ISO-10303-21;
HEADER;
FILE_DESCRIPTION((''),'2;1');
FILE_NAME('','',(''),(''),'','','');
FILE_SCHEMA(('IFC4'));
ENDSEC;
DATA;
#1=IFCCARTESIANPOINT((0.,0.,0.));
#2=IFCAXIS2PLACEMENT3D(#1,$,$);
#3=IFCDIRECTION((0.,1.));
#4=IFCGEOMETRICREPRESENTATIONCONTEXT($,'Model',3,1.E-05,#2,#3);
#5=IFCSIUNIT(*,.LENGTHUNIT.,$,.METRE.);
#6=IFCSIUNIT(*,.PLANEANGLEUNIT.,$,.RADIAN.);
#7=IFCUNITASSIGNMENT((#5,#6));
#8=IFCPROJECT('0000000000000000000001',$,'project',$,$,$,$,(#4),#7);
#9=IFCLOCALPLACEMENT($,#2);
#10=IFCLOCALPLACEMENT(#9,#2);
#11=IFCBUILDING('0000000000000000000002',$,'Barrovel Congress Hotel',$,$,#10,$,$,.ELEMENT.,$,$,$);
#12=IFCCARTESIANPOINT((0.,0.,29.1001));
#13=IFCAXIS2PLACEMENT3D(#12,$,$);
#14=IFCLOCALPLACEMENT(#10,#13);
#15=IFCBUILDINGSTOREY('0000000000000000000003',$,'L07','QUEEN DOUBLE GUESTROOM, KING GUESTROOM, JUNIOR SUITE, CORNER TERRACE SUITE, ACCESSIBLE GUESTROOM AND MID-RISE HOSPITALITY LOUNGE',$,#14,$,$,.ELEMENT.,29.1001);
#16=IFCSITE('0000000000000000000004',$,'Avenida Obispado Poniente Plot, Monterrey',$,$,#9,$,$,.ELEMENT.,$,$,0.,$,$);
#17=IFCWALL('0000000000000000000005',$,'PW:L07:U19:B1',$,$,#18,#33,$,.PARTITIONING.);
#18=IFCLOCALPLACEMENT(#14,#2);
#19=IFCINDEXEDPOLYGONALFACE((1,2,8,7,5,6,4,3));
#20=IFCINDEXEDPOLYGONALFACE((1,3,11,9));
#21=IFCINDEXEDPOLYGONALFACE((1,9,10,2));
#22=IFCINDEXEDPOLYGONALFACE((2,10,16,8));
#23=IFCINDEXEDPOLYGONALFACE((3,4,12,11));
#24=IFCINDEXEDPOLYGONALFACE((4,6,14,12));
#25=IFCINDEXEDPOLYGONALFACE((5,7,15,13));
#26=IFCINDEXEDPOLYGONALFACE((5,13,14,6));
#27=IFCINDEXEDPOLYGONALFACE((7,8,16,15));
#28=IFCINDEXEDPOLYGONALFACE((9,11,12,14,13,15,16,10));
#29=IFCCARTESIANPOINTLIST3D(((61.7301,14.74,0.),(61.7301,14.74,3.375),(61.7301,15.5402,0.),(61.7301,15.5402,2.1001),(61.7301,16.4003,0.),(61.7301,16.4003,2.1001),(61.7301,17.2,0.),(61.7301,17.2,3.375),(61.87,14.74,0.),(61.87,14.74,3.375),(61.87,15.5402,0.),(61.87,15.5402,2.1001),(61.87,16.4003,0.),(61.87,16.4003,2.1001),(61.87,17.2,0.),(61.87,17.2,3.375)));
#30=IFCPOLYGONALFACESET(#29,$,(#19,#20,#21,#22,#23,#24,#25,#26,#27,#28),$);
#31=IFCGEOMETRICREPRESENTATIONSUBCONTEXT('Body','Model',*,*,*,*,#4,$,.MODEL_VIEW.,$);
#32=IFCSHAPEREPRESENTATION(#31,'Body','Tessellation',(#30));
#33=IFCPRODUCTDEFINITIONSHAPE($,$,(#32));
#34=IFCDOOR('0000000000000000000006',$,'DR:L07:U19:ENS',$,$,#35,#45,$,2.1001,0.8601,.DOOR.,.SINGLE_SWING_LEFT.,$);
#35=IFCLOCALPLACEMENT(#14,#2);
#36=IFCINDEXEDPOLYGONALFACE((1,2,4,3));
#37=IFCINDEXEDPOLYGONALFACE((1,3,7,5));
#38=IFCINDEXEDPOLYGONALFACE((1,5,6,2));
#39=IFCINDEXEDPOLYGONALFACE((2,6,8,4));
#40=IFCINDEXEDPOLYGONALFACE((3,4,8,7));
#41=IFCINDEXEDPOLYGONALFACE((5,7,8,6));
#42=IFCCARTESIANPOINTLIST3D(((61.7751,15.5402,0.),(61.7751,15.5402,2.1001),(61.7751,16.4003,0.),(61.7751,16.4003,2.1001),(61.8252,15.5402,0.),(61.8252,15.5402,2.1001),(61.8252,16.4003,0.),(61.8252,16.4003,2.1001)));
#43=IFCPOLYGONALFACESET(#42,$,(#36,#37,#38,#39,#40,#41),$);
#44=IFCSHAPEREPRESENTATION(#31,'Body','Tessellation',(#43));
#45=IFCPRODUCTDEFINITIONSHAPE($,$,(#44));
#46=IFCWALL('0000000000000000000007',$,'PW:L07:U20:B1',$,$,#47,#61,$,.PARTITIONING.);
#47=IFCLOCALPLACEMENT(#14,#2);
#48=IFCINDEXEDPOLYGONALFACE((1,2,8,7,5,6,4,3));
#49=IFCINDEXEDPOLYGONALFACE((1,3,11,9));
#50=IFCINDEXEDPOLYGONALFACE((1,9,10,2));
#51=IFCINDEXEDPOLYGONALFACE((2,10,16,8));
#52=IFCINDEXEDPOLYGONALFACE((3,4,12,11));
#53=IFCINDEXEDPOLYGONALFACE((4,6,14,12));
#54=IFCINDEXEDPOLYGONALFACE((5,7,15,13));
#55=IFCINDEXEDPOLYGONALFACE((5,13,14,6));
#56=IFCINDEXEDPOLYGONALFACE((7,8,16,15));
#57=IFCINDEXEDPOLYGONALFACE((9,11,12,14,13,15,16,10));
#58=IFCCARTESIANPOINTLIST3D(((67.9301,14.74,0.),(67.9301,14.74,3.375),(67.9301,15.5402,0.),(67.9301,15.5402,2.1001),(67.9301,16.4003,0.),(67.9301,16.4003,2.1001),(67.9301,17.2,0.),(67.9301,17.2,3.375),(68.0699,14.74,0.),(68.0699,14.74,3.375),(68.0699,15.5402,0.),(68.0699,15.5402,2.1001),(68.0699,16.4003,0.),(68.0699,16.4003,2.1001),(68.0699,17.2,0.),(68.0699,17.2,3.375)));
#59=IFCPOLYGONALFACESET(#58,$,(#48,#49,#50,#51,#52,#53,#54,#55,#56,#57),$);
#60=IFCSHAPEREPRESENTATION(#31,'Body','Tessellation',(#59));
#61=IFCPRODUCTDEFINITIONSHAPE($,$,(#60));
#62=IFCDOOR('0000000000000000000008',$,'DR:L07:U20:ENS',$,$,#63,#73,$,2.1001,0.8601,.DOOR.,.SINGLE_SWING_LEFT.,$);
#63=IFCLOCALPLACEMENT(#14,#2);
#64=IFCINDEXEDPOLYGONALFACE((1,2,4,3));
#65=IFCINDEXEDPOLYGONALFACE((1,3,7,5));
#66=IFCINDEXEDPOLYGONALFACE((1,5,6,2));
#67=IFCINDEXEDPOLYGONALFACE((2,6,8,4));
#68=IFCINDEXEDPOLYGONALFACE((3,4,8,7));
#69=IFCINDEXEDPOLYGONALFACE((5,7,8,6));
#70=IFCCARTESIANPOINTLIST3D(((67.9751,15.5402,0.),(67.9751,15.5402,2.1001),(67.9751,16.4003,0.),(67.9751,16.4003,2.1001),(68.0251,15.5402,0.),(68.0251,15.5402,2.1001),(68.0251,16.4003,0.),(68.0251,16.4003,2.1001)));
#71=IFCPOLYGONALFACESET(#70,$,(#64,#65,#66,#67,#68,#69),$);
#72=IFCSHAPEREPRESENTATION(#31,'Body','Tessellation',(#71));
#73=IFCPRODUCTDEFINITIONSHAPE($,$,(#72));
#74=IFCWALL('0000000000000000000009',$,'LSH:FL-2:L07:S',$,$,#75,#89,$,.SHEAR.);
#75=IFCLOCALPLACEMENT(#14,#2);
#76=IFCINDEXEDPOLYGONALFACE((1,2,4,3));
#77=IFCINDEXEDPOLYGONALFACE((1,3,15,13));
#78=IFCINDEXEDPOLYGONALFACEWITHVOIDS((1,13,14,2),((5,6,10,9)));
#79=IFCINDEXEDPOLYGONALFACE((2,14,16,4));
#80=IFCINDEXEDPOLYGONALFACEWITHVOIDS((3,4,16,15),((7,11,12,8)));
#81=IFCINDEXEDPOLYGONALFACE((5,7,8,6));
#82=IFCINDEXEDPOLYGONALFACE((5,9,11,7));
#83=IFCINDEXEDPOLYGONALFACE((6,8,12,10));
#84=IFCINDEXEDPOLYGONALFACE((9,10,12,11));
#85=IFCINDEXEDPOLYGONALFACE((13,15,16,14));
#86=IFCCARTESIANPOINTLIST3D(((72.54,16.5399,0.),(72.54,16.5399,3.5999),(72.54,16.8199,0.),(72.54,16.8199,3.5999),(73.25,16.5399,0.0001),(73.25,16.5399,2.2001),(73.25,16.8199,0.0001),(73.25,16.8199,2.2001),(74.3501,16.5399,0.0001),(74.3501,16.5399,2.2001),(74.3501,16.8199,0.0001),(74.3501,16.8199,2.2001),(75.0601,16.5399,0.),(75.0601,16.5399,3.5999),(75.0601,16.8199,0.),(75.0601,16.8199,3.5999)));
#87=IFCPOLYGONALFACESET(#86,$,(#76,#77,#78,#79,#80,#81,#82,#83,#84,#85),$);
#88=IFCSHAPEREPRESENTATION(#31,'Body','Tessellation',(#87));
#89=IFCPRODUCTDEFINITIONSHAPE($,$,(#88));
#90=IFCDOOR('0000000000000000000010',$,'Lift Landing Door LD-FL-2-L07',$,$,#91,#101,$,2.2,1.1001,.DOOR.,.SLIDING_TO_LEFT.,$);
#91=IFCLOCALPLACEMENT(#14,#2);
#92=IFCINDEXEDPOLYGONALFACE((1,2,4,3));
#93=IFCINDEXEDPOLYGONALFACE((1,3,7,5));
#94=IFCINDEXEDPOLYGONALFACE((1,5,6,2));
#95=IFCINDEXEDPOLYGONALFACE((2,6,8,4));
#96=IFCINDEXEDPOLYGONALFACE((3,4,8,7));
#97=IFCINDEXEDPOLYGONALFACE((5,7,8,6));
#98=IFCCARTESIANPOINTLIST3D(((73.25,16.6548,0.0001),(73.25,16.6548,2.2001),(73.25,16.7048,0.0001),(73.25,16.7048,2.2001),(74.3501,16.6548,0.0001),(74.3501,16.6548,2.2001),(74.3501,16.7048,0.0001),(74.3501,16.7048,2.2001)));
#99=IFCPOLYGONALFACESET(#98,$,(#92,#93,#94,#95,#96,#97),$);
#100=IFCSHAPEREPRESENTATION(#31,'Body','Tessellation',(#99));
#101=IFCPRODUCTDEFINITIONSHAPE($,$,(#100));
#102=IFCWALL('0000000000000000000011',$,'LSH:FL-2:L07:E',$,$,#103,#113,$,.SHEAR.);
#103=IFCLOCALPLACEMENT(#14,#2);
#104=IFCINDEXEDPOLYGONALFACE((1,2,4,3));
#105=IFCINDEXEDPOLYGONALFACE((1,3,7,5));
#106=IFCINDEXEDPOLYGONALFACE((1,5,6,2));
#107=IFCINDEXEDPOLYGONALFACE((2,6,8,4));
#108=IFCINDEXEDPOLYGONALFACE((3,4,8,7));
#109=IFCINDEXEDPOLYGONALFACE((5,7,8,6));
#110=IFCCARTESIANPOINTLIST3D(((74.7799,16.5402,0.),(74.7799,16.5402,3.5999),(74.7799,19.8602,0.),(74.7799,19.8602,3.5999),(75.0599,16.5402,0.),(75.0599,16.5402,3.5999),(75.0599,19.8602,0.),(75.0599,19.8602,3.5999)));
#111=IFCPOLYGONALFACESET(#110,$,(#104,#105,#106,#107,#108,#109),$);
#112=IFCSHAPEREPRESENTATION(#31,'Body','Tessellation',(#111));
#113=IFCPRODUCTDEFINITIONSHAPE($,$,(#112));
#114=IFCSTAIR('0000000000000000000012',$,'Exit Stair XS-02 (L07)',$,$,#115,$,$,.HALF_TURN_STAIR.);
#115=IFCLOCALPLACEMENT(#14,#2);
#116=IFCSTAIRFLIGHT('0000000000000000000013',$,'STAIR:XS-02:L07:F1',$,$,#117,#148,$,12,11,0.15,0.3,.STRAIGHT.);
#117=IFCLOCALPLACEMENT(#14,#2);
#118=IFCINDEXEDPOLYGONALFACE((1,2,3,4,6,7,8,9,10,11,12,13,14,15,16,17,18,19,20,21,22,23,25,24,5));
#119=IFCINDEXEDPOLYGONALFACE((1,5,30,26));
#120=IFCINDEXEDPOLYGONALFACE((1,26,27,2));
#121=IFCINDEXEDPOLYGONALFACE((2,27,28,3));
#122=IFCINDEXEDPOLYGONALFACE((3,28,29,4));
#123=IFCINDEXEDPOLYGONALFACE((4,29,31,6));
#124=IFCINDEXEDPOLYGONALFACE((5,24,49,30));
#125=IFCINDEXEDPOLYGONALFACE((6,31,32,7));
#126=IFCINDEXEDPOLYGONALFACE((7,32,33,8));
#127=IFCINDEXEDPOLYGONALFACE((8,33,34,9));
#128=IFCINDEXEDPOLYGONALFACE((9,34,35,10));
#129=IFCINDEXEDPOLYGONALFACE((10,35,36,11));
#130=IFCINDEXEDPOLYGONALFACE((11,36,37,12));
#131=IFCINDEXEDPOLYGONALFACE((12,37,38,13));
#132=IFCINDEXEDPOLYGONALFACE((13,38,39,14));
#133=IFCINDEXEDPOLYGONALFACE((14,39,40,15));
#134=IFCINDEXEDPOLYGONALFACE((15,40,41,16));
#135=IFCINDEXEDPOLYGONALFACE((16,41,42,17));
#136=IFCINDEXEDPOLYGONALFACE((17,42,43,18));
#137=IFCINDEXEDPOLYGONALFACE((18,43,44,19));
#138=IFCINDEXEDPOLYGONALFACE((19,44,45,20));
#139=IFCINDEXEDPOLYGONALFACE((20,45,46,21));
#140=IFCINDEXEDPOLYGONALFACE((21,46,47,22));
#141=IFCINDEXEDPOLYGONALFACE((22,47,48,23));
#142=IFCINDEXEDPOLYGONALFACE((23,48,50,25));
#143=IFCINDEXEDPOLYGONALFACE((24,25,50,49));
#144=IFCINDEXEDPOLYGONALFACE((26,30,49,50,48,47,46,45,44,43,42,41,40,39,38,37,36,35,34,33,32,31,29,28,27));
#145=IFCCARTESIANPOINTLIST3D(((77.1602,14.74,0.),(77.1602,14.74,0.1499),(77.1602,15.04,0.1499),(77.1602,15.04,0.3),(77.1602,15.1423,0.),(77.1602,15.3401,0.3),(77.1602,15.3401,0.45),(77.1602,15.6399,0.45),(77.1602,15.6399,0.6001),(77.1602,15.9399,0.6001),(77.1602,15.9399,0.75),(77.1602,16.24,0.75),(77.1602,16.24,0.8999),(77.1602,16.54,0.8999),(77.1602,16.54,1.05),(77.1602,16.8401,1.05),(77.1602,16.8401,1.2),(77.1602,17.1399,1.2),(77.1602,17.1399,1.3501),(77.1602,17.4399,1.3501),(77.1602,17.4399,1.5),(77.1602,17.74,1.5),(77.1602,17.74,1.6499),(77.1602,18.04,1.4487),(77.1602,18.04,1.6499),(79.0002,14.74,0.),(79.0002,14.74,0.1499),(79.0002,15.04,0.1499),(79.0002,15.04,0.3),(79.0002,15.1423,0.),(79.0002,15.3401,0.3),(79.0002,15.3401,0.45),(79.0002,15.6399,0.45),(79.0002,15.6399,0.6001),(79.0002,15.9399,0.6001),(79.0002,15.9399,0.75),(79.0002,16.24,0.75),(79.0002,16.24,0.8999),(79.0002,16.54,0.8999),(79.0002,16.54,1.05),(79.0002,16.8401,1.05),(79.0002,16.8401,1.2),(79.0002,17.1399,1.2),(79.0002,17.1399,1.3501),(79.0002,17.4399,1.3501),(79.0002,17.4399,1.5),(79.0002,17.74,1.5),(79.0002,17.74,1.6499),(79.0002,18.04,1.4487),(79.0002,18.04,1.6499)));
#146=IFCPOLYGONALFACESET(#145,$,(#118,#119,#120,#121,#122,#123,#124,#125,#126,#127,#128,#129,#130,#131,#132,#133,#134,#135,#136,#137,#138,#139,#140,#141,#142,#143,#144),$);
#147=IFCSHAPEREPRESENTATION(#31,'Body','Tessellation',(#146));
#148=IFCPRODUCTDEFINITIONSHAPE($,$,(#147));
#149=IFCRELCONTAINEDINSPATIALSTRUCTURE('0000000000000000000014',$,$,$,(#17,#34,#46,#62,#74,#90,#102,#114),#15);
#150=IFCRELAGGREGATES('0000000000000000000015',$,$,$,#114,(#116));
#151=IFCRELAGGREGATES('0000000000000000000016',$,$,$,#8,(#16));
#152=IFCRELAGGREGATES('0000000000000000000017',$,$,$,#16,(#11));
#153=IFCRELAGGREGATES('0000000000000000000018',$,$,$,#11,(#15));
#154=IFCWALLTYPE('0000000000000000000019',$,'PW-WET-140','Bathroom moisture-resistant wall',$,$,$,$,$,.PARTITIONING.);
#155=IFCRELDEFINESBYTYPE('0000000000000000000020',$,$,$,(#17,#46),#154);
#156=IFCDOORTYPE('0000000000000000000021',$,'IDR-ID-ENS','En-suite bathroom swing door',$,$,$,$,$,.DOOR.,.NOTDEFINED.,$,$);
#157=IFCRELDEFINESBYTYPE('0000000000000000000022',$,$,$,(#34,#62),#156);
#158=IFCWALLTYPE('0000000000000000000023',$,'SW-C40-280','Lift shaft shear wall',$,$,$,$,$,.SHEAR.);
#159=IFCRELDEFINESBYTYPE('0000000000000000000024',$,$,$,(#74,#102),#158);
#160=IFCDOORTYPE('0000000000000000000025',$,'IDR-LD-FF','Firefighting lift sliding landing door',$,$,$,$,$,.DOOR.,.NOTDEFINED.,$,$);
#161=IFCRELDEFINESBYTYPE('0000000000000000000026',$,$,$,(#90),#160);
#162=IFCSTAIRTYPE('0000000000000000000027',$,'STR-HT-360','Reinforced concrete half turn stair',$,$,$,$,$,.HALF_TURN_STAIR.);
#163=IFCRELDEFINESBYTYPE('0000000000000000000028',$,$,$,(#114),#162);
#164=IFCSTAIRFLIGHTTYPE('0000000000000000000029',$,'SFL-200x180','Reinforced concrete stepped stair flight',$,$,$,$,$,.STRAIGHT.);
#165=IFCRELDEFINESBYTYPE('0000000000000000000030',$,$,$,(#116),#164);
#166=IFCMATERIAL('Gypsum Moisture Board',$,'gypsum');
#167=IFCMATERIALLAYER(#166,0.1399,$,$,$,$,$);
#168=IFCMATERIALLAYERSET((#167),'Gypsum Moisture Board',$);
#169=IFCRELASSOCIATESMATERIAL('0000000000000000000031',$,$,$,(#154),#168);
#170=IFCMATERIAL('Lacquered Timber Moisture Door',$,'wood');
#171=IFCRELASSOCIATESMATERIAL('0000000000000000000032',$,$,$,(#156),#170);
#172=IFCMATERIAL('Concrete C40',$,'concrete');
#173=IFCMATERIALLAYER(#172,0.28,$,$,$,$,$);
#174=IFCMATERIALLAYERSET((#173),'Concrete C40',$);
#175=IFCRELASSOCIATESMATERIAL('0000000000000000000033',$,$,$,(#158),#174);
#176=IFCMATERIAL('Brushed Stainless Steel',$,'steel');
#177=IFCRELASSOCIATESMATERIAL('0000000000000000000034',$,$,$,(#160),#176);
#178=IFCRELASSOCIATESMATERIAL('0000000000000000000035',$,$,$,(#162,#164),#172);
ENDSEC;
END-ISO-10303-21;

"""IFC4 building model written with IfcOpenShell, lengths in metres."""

from ifc_helpers import new_model, si_unit, direction, frame, frame_2d, origin, place, context, subcontext, project, spatial, polyline, rectangle, outline, extrude, material, layer, layer_set, type_object, element, fill, aggregate, save


model = new_model("IFC4")

# Units and contexts
model_context = context("Model", 3, precision=1e-05, world=origin(), true_north=direction((0.0, 1.0)))
body_context = subcontext(model_context, "Body", "Model", "MODEL_VIEW")
ifc_project = project(units=[si_unit("LENGTHUNIT", "METRE"), si_unit("PLANEANGLEUNIT", "RADIAN")], contexts=[model_context])

# Site, building, storey
site_placement = place(None, origin())
site = spatial("IfcSite", under=ifc_project, at=site_placement, Name="Avenida Obispado Poniente Plot, Monterrey", CompositionType="ELEMENT", RefElevation=0.0)
building_placement = place(site_placement, origin())
building = spatial("IfcBuilding", under=site, at=building_placement, Name="Barrovel Congress Hotel", CompositionType="ELEMENT")
storey_placement = place(building_placement, frame((0.0, 0.0, 29.1001)))
storey = spatial("IfcBuildingStorey", under=building, at=storey_placement, Name="L07", Description="QUEEN DOUBLE GUESTROOM, KING GUESTROOM, JUNIOR SUITE, CORNER TERRACE SUITE, ACCESSIBLE GUESTROOM AND MID-RISE HOSPITALITY LOUNGE", CompositionType="ELEMENT", Elevation=29.1001)

# Walls, openings, doors
ifc_material_1 = material(Name="Gypsum Moisture Board", Category="gypsum")
ifc_layer_1 = layer(ifc_material_1, 0.1399)
ifc_layer_set_1 = layer_set([ifc_layer_1], Name="Gypsum Moisture Board")
wall_type_1 = type_object("IfcWallType", Name="PW-WET-140", Description="Bathroom moisture-resistant wall", PredefinedType="PARTITIONING", material=ifc_layer_set_1)
wall_1_placement = place(storey_placement, frame((61.8, 14.74, 0.0), z_axis=(0.0, 0.0, 1.0), x_axis=(0.0, 1.0, 0.0)))
wall_1 = element("IfcWall", 1, at=wall_1_placement, inside=storey, type_object=wall_type_1, Name="PW:L07:U19:B1", PredefinedType="PARTITIONING", context=body_context, shape_type="SweptSolid", body=[
    extrude(rectangle(XDim=2.46, YDim=0.1399, at=frame_2d((1.23, 0.0))), origin(), (0.0, 0.0, 1.0), 3.375),
])
opening_1_placement = place(wall_1_placement, frame((0.8, 0.0, 0.0)))
opening_1 = element("IfcOpeningElement", 2, at=opening_1_placement, cuts=wall_1, PredefinedType="OPENING", context=body_context, shape_type="SweptSolid", body=[
    extrude(rectangle(XDim=0.8601, YDim=2.1001, at=frame_2d((0.4302, 1.05))), frame((0.0, 0.0801, 0.0), z_axis=(0.0, -1.0, 0.0), x_axis=(1.0, 0.0, 0.0)), (0.0, 0.0, 1.0), 0.1599),
])
ifc_material_2 = material(Name="Lacquered Timber Moisture Door", Category="wood")
door_type_1 = type_object("IfcDoorType", Name="IDR-ID-ENS", Description="En-suite bathroom swing door", OperationType="NOTDEFINED", PredefinedType="DOOR", material=ifc_material_2)
door_1_placement = place(opening_1_placement, origin())
door_1 = element("IfcDoor", 3, at=door_1_placement, inside=storey, type_object=door_type_1, Name="DR:L07:U19:ENS", OperationType="SINGLE_SWING_LEFT", OverallHeight=2.1001, OverallWidth=0.8601, PredefinedType="DOOR", context=body_context, shape_type="SweptSolid", body=[
    extrude(rectangle(XDim=0.8601, YDim=2.1001, at=frame_2d((0.4302, 1.05))), frame((0.0, 0.0249, 0.0), z_axis=(0.0, -1.0, 0.0), x_axis=(1.0, 0.0, 0.0)), (0.0, 0.0, 1.0), 0.05),
])
fill(opening_1, door_1)
wall_2_placement = place(storey_placement, frame((68.0, 14.74, 0.0), z_axis=(0.0, 0.0, 1.0), x_axis=(0.0, 1.0, 0.0)))
wall_2 = element("IfcWall", 4, at=wall_2_placement, inside=storey, type_object=wall_type_1, Name="PW:L07:U20:B1", PredefinedType="PARTITIONING", context=body_context, shape_type="SweptSolid", body=[
    extrude(rectangle(XDim=2.46, YDim=0.1399, at=frame_2d((1.23, 0.0))), origin(), (0.0, 0.0, 1.0), 3.375),
])
opening_2_placement = place(wall_2_placement, frame((0.8, 0.0, 0.0)))
opening_2 = element("IfcOpeningElement", 5, at=opening_2_placement, cuts=wall_2, PredefinedType="OPENING", context=body_context, shape_type="SweptSolid", body=[
    extrude(rectangle(XDim=0.8601, YDim=2.1001, at=frame_2d((0.4302, 1.05))), frame((0.0, 0.0801, 0.0), z_axis=(0.0, -1.0, 0.0), x_axis=(1.0, 0.0, 0.0)), (0.0, 0.0, 1.0), 0.1599),
])
door_2_placement = place(opening_2_placement, origin())
door_2 = element("IfcDoor", 6, at=door_2_placement, inside=storey, type_object=door_type_1, Name="DR:L07:U20:ENS", OperationType="SINGLE_SWING_LEFT", OverallHeight=2.1001, OverallWidth=0.8601, PredefinedType="DOOR", context=body_context, shape_type="SweptSolid", body=[
    extrude(rectangle(XDim=0.8601, YDim=2.1001, at=frame_2d((0.4302, 1.05))), frame((0.0, 0.0249, 0.0), z_axis=(0.0, -1.0, 0.0), x_axis=(1.0, 0.0, 0.0)), (0.0, 0.0, 1.0), 0.05),
])
fill(opening_2, door_2)
ifc_material_3 = material(Name="Concrete C40", Category="concrete")
ifc_layer_2 = layer(ifc_material_3, 0.28)
ifc_layer_set_2 = layer_set([ifc_layer_2], Name="Concrete C40")
wall_type_2 = type_object("IfcWallType", Name="SW-C40-280", Description="Lift shaft shear wall", PredefinedType="SHEAR", material=ifc_layer_set_2)
wall_3_placement = place(storey_placement, frame((72.54, 16.6799, 0.0), z_axis=(0.0, 0.0, 1.0), x_axis=(1.0, 0.0, 0.0)))
wall_3 = element("IfcWall", 7, at=wall_3_placement, inside=storey, type_object=wall_type_2, Name="LSH:FL-2:L07:S", PredefinedType="SHEAR", context=body_context, shape_type="SweptSolid", body=[
    extrude(rectangle(XDim=2.52, YDim=0.28, at=frame_2d((1.26, 0.0))), origin(), (0.0, 0.0, 1.0), 3.5999),
])
opening_3_placement = place(wall_3_placement, frame((0.71, 0.0, 0.0)))
opening_3 = element("IfcOpeningElement", 8, at=opening_3_placement, cuts=wall_3, PredefinedType="OPENING", context=body_context, shape_type="SweptSolid", body=[
    extrude(rectangle(XDim=1.1001, YDim=2.2, at=frame_2d((0.55, 1.1001))), frame((0.0, 0.1499, 0.0), z_axis=(0.0, -1.0, 0.0), x_axis=(1.0, 0.0, 0.0)), (0.0, 0.0, 1.0), 0.3),
])
ifc_material_4 = material(Name="Brushed Stainless Steel", Category="steel")
door_type_2 = type_object("IfcDoorType", Name="IDR-LD-FF", Description="Firefighting lift sliding landing door", OperationType="NOTDEFINED", PredefinedType="DOOR", material=ifc_material_4)
door_3_placement = place(opening_3_placement, origin())
door_3 = element("IfcDoor", 9, at=door_3_placement, inside=storey, type_object=door_type_2, Name="Lift Landing Door LD-FL-2-L07", OperationType="SLIDING_TO_LEFT", OverallHeight=2.2, OverallWidth=1.1001, PredefinedType="DOOR", context=body_context, shape_type="SweptSolid", body=[
    extrude(rectangle(XDim=1.1001, YDim=2.2, at=frame_2d((0.55, 1.1001))), frame((0.0, 0.0249, 0.0), z_axis=(0.0, -1.0, 0.0), x_axis=(1.0, 0.0, 0.0)), (0.0, 0.0, 1.0), 0.05),
])
fill(opening_3, door_3)

# Wall
wall_4_placement = place(storey_placement, frame((74.9199, 16.54, 0.0), z_axis=(0.0, 0.0, 1.0), x_axis=(0.0, 1.0, 0.0)))
element("IfcWall", 10, at=wall_4_placement, inside=storey, type_object=wall_type_2, Name="LSH:FL-2:L07:E", PredefinedType="SHEAR", context=body_context, shape_type="SweptSolid", body=[
    extrude(rectangle(XDim=3.3201, YDim=0.28, at=frame_2d((1.6602, 0.0))), origin(), (0.0, 0.0, 1.0), 3.5999),
])

# Stair, stair flight
stair_type = type_object("IfcStairType", Name="STR-HT-360", Description="Reinforced concrete half turn stair", PredefinedType="HALF_TURN_STAIR", material=ifc_material_3)
stair_placement = place(storey_placement, origin())
stair = element("IfcStair", 11, at=stair_placement, inside=storey, type_object=stair_type, Name="Exit Stair XS-02 (L07)", PredefinedType="HALF_TURN_STAIR")
stair_flight_type = type_object("IfcStairFlightType", Name="SFL-200x180", Description="Reinforced concrete stepped stair flight", PredefinedType="STRAIGHT", material=ifc_material_3)
stair_flight_placement = place(storey_placement, frame((78.0801, 14.74, 0.0), z_axis=(0.0, 0.0, 1.0), x_axis=(0.0, 1.0, 0.0)))
stair_flight = element("IfcStairFlight", 12, at=stair_flight_placement, type_object=stair_flight_type, Name="STAIR:XS-02:L07:F1", NumberOfRisers=12, NumberOfTreads=11, PredefinedType="STRAIGHT", RiserHeight=0.15, TreadLength=0.3, context=body_context, shape_type="SweptSolid", body=[
    extrude(outline(polyline([(0.0, 0.0), (0.0, 0.1499), (0.3, 0.1499), (0.3, 0.3), (0.6001, 0.3), (0.6001, 0.45), (0.8999, 0.45), (0.8999, 0.6001), (1.2, 0.6001), (1.2, 0.75), (1.5, 0.75), (1.5, 0.8999), (1.8, 0.8999), (1.8, 1.05), (2.1001, 1.05), (2.1001, 1.2), (2.3999, 1.2), (2.3999, 1.3501), (2.7, 1.3501), (2.7, 1.5), (3.0, 1.5), (3.0, 1.6499), (3.3, 1.6499), (3.3, 1.8), (3.3, 1.4487), (0.4023, 0.0), (0.0, 0.0)])), frame((0.0, 0.9199, 0.0), z_axis=(0.0, -1.0, 0.0), x_axis=(1.0, 0.0, 0.0)), (0.0, 0.0, 1.0), 1.8401),
])
aggregate(stair, [stair_flight])

save(model, "model.ifc")
